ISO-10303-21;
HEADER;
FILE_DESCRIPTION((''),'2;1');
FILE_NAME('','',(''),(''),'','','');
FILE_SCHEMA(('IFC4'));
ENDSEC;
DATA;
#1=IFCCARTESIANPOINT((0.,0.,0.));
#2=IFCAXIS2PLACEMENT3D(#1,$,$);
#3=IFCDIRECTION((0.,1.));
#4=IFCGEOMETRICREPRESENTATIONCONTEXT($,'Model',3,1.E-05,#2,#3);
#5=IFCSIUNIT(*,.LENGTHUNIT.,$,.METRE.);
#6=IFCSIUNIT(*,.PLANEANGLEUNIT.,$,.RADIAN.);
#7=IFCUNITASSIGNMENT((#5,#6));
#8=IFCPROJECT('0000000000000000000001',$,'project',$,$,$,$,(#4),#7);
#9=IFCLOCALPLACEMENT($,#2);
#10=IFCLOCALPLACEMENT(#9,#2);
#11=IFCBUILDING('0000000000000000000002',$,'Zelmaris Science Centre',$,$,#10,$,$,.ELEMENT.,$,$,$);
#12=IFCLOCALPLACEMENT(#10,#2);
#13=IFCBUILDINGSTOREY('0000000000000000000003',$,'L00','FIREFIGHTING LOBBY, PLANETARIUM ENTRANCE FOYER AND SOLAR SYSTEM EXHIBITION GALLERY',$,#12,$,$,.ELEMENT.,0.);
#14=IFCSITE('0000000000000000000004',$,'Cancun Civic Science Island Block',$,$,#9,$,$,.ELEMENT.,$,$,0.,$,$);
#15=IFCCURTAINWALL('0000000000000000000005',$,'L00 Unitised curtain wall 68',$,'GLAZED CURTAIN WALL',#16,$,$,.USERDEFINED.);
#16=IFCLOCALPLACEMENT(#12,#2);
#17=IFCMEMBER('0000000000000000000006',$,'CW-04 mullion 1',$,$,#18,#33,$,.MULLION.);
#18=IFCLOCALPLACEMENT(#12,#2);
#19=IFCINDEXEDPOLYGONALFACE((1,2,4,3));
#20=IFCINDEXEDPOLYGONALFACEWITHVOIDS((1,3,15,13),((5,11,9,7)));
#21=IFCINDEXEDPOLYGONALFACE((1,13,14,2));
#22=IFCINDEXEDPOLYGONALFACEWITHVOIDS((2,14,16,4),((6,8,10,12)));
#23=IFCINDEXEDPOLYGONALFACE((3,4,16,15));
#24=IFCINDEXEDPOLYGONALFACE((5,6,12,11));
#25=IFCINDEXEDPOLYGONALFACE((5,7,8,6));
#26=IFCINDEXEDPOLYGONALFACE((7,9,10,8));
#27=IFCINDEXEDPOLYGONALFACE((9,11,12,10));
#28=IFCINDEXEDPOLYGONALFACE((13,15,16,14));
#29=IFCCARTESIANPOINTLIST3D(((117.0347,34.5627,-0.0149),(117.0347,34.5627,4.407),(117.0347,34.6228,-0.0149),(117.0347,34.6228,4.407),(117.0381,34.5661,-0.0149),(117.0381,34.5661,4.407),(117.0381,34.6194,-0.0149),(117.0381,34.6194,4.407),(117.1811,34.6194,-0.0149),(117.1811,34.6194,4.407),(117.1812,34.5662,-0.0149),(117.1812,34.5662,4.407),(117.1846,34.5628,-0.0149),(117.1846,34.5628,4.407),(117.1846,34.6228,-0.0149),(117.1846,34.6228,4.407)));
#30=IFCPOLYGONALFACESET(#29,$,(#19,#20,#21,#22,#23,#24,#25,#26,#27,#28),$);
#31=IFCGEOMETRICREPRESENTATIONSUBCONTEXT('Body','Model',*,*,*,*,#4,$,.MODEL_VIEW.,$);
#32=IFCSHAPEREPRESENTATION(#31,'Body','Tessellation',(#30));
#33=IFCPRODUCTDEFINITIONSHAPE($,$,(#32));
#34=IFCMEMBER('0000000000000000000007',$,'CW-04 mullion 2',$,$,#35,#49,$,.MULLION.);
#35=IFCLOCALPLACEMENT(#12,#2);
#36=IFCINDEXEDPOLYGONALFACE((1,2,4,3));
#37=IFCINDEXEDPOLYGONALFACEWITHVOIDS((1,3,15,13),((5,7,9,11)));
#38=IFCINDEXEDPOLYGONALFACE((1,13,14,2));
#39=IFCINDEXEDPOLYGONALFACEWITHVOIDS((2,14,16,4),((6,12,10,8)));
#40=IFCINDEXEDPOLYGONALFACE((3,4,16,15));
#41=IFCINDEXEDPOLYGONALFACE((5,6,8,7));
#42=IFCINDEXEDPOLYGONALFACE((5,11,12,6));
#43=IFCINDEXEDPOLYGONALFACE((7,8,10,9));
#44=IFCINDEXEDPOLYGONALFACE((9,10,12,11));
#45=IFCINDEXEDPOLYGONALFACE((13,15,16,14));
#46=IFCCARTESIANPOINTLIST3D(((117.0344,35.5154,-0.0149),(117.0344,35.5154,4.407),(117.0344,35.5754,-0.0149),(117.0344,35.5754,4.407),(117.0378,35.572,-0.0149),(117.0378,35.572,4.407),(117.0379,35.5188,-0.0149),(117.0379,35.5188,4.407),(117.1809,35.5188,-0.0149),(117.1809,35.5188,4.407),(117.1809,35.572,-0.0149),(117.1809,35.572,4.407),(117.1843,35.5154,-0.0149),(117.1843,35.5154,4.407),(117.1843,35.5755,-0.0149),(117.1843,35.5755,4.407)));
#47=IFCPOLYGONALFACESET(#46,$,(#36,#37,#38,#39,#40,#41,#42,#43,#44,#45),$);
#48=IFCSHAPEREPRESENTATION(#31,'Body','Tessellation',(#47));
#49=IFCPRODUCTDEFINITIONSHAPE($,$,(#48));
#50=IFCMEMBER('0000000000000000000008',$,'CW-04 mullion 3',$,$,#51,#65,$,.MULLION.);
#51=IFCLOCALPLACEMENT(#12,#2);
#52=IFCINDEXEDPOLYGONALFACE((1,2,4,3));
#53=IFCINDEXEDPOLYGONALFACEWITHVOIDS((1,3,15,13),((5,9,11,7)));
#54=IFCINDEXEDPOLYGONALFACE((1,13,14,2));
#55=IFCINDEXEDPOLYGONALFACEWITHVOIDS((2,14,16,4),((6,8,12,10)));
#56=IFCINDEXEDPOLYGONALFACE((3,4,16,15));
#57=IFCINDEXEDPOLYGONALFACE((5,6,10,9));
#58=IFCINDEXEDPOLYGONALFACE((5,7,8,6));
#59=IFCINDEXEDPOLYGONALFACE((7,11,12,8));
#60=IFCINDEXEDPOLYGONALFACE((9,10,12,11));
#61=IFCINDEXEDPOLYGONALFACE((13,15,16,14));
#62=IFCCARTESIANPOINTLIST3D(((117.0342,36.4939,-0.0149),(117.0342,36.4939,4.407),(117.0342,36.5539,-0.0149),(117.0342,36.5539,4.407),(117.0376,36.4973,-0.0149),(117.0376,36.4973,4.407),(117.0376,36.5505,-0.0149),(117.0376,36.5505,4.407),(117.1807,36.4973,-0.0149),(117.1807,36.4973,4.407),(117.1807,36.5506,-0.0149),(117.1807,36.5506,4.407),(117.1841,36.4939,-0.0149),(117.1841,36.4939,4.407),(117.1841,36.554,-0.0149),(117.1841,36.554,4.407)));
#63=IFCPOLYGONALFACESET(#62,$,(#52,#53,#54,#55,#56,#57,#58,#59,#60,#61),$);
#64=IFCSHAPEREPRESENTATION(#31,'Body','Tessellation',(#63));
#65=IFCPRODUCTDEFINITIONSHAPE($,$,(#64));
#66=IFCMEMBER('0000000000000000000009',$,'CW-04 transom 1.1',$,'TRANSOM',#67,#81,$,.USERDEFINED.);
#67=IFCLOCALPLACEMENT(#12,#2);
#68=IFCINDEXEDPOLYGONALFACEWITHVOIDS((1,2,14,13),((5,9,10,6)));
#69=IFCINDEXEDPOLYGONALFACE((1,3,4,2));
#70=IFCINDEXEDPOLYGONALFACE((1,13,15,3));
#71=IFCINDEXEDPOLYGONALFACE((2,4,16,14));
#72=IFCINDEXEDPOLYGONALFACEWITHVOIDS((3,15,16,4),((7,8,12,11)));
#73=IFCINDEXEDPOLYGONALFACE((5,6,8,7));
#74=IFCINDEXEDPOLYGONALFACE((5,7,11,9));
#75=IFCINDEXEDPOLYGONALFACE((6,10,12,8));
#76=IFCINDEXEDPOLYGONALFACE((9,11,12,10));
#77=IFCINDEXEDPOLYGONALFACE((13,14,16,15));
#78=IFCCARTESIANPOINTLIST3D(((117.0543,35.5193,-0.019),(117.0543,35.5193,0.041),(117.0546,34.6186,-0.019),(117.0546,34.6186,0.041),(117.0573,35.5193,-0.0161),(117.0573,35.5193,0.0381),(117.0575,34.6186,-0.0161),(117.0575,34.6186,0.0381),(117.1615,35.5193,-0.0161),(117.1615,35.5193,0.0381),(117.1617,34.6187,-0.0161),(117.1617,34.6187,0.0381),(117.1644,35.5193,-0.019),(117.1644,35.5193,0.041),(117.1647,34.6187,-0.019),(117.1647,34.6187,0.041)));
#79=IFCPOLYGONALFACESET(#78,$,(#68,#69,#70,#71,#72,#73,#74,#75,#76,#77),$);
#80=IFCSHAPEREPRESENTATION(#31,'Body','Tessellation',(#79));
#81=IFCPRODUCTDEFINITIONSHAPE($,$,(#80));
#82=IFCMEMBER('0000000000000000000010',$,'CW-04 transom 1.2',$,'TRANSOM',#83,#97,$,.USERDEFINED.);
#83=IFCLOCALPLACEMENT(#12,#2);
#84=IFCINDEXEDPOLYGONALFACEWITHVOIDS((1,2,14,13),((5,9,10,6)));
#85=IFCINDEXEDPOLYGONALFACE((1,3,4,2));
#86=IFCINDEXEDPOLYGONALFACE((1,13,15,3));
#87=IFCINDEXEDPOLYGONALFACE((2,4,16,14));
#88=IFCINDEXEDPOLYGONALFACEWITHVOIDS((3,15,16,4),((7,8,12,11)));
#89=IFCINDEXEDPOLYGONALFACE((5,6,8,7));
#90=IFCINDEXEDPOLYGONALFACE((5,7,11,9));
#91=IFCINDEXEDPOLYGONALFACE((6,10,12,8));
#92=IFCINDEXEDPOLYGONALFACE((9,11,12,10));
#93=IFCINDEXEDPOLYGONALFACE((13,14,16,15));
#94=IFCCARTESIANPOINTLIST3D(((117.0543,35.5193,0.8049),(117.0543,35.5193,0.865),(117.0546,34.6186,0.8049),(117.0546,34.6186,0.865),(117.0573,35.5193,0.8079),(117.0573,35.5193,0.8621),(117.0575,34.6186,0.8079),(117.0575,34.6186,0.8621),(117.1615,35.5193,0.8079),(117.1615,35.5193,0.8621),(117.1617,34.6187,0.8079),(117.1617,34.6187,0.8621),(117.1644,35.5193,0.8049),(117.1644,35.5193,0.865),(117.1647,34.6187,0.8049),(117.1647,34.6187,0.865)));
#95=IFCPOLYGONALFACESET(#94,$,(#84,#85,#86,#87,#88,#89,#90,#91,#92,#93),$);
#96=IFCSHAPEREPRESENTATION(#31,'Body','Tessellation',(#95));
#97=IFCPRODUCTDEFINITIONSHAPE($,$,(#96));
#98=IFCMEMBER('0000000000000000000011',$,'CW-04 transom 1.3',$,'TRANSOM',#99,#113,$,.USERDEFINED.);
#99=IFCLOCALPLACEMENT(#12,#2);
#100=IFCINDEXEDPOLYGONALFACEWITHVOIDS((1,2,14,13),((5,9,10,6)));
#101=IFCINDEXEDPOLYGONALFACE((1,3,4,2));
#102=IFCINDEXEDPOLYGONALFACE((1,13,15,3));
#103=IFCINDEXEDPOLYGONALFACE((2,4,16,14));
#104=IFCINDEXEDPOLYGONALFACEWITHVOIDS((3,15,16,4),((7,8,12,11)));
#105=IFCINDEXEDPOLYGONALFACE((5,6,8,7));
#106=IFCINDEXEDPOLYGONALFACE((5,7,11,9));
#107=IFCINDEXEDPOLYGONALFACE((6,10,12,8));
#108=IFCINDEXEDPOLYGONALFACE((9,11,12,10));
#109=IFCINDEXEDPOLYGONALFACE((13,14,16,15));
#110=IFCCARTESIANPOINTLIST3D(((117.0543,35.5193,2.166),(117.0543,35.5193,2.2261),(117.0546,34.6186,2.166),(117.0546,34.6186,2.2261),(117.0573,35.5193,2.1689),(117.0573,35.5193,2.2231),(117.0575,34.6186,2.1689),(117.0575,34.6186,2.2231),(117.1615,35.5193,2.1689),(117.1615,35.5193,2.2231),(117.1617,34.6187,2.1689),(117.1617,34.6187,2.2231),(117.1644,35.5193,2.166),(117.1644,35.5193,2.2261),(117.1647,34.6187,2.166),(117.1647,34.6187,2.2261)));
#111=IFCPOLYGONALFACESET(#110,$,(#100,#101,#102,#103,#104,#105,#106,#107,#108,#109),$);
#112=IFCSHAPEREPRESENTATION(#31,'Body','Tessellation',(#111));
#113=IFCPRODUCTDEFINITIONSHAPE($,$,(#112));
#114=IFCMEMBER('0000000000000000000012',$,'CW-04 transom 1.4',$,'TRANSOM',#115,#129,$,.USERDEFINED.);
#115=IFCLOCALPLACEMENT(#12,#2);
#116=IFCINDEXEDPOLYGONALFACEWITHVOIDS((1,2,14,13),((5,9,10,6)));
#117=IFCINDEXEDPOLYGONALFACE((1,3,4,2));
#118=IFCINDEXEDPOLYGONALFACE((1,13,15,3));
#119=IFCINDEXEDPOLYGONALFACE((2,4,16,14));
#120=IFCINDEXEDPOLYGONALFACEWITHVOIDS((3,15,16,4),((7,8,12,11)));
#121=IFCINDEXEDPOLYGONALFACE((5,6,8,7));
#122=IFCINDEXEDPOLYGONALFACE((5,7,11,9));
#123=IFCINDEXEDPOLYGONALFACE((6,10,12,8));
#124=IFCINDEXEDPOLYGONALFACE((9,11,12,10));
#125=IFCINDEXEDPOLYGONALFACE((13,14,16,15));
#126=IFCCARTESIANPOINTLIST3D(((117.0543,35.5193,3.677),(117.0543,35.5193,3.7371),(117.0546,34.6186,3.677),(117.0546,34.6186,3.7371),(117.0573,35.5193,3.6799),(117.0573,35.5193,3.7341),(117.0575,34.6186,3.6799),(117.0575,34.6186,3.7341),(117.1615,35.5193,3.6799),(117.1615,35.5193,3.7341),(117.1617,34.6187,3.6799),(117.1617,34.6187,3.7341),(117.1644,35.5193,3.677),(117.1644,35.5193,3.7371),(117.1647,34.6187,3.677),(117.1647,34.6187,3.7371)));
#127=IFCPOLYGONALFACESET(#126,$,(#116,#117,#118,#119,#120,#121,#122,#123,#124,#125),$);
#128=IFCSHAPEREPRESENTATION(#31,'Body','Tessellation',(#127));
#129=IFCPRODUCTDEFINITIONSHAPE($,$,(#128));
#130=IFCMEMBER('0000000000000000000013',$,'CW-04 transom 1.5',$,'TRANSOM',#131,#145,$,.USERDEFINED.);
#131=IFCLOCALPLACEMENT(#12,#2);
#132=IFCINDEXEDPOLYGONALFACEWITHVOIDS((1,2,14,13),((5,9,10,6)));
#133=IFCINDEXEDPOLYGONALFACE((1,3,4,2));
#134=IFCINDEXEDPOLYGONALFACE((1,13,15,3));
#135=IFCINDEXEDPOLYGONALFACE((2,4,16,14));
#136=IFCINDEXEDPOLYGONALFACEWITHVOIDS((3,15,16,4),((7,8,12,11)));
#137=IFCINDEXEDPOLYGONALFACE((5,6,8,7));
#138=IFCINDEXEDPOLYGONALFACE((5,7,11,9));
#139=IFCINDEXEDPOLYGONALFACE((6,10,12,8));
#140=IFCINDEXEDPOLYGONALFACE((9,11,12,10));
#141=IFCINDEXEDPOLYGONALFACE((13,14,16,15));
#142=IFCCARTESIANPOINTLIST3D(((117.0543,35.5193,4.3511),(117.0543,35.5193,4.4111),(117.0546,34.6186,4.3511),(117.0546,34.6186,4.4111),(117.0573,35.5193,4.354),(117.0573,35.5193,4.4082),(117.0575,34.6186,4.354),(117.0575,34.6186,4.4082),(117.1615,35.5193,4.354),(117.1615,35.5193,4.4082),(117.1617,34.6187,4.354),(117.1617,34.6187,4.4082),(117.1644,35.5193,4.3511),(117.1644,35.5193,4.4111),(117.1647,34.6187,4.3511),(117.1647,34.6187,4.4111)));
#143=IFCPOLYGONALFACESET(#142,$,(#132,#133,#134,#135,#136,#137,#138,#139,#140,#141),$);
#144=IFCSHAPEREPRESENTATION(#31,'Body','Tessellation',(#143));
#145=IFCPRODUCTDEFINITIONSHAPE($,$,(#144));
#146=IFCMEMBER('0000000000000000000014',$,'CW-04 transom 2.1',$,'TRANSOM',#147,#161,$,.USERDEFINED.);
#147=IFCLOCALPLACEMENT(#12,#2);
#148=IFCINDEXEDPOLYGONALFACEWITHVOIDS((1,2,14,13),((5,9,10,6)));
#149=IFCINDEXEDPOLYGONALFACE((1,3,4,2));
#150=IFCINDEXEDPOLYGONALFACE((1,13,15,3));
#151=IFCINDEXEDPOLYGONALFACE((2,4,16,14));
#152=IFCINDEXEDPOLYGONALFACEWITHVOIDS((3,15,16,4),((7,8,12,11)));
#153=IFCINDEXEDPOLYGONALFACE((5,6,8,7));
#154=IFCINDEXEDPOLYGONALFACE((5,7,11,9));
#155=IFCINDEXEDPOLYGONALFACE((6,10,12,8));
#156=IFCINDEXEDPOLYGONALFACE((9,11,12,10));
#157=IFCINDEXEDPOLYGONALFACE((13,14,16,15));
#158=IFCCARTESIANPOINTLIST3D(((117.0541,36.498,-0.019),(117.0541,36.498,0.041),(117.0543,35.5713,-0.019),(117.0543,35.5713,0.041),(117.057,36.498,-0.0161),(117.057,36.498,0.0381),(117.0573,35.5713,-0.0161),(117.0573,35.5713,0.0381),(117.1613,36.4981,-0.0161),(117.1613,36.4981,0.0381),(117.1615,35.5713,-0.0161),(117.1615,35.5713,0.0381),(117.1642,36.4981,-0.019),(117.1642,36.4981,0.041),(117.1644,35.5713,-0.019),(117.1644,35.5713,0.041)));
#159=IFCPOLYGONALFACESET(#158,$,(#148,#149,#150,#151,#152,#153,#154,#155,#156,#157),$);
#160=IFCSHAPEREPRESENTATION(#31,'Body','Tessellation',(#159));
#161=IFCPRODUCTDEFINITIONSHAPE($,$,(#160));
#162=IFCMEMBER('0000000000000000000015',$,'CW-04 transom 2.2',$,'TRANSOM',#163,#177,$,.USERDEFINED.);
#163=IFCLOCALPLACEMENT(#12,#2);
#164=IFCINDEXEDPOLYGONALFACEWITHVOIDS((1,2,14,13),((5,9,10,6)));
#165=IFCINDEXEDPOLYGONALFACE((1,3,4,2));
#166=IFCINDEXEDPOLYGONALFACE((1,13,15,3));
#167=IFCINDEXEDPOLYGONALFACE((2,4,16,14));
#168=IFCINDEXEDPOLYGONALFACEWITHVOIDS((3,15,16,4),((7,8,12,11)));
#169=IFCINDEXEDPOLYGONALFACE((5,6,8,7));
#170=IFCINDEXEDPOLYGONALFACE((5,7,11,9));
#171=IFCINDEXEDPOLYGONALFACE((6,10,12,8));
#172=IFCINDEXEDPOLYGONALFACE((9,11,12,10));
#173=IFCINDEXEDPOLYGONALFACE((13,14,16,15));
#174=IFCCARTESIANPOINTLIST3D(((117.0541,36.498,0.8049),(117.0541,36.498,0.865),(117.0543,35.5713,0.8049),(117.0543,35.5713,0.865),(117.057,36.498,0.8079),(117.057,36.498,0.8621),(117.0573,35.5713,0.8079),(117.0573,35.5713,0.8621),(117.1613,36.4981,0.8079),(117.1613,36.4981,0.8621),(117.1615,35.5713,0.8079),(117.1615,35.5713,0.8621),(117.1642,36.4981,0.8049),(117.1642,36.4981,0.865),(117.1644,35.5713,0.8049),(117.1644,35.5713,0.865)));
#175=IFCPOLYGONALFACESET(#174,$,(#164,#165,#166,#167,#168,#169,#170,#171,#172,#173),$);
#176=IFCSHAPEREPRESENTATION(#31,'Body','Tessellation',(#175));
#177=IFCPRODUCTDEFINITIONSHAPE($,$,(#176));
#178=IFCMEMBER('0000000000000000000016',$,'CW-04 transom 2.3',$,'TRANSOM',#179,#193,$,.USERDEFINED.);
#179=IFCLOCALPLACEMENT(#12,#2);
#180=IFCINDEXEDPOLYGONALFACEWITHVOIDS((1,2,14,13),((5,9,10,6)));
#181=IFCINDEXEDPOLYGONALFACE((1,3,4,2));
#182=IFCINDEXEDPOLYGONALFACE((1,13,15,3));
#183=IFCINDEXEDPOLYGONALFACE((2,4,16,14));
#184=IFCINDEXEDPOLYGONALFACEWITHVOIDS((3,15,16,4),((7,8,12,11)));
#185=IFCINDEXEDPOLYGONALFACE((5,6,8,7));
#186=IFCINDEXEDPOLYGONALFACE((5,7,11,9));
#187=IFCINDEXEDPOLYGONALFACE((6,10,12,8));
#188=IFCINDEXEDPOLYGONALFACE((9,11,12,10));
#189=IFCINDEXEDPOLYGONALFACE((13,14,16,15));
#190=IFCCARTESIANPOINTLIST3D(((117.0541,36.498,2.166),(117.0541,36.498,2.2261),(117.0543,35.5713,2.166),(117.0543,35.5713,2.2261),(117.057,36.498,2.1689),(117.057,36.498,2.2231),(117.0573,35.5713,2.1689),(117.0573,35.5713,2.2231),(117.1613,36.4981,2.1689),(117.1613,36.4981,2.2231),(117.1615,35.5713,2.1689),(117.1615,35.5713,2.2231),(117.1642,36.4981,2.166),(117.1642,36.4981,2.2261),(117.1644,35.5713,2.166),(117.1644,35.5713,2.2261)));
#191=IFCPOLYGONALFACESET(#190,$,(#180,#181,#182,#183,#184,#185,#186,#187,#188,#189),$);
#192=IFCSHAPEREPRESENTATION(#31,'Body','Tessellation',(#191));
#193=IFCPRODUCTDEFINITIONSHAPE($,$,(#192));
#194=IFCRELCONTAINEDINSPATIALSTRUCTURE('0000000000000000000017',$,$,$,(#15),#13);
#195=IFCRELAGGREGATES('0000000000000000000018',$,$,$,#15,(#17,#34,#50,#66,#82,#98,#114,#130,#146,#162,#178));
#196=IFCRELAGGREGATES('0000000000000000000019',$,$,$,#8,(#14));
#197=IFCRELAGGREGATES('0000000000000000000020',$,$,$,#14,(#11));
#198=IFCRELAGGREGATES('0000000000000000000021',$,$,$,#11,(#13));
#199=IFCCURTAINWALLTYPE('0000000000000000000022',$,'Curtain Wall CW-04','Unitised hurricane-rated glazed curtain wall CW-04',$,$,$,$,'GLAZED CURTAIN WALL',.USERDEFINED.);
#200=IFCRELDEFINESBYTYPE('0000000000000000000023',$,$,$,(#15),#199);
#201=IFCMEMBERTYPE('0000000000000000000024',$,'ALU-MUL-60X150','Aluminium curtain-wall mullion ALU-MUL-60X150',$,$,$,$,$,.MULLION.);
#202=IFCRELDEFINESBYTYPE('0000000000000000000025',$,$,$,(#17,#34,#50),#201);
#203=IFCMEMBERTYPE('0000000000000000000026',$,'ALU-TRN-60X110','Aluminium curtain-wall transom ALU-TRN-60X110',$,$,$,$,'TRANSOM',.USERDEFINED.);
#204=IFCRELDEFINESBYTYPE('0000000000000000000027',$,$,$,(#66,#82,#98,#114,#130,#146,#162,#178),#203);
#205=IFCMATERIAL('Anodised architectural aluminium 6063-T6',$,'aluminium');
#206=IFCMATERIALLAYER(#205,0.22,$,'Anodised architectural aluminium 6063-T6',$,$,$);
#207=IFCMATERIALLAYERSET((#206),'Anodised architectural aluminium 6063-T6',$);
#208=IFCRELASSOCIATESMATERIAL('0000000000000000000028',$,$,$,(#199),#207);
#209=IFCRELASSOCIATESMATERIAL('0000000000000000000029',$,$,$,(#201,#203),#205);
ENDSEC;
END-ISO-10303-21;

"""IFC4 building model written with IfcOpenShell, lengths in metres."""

from ifc_helpers import new_model, si_unit, direction, frame, origin, origin_2d, place, context, subcontext, project, spatial, hollow_rectangle, extrude, material, layer, layer_set, material_profile, profile_set, type_object, element, aggregate, save


model = new_model("IFC4")

# Units and contexts
model_context = context("Model", 3, precision=1e-05, world=origin(), true_north=direction((0.0, 1.0)))
body_context = subcontext(model_context, "Body", "Model", "MODEL_VIEW")
ifc_project = project(units=[si_unit("LENGTHUNIT", "METRE"), si_unit("PLANEANGLEUNIT", "RADIAN")], contexts=[model_context])

# Site, building, storey
site_placement = place(None, origin())
site = spatial("IfcSite", under=ifc_project, at=site_placement, Name="Cancun Civic Science Island Block", CompositionType="ELEMENT", RefElevation=0.0)
building_placement = place(site_placement, origin())
building = spatial("IfcBuilding", under=site, at=building_placement, Name="Zelmaris Science Centre", CompositionType="ELEMENT")
storey_placement = place(building_placement, origin())
storey = spatial("IfcBuildingStorey", under=building, at=storey_placement, Name="L00", Description="FIREFIGHTING LOBBY, PLANETARIUM ENTRANCE FOYER AND SOLAR SYSTEM EXHIBITION GALLERY", CompositionType="ELEMENT", Elevation=0.0)

# Curtain wall, members
ifc_material_1 = material(Name="Anodised architectural aluminium 6063-T6", Category="aluminium")
ifc_layer_1 = layer(ifc_material_1, 0.22, Name="Anodised architectural aluminium 6063-T6")
ifc_layer_set_1 = layer_set([ifc_layer_1], Name="Anodised architectural aluminium 6063-T6")
curtain_wall_type = type_object("IfcCurtainWallType", Name="Curtain Wall CW-04", Description="Unitised hurricane-rated glazed curtain wall CW-04", ElementType="GLAZED CURTAIN WALL", PredefinedType="USERDEFINED", material=ifc_layer_set_1)
curtain_wall_placement = place(storey_placement, origin())
curtain_wall = element("IfcCurtainWall", 1, at=curtain_wall_placement, inside=storey, type_object=curtain_wall_type, Name="L00 Unitised curtain wall 68", ObjectType="GLAZED CURTAIN WALL", PredefinedType="USERDEFINED")
ifc_material_profile_1 = material_profile(ifc_material_1, hollow_rectangle(XDim=0.0601, YDim=0.1499, WallThickness=0.0034, at=origin_2d()), Name="ALU-MUL-60X150")
ifc_profile_set_1 = profile_set([ifc_material_profile_1], Name="Anodised architectural aluminium 6063-T6")
member_type_1 = type_object("IfcMemberType", Name="ALU-MUL-60X150", Description="Aluminium curtain-wall mullion ALU-MUL-60X150", PredefinedType="MULLION", material=ifc_profile_set_1)
member_1_placement = place(storey_placement, frame((117.1096, 34.5928, -0.0149), z_axis=(0.0, 0.0, 1.0), x_axis=(-0.000353, 1.0, 0.0)))
member_1 = element("IfcMember", 2, at=member_1_placement, type_object=member_type_1, Name="CW-04 mullion 1", PredefinedType="MULLION", context=body_context, shape_type="SweptSolid", body=[
    extrude(hollow_rectangle(XDim=0.0601, YDim=0.1499, WallThickness=0.0034, at=origin_2d()), origin(), (0.0, 0.0, 1.0), 4.4219),
])
member_2_placement = place(storey_placement, frame((117.1094, 35.5454, -0.0149), z_axis=(0.0, 0.0, 1.0), x_axis=(-0.000353, 1.0, 0.0)))
member_2 = element("IfcMember", 3, at=member_2_placement, type_object=member_type_1, Name="CW-04 mullion 2", PredefinedType="MULLION", context=body_context, shape_type="SweptSolid", body=[
    extrude(hollow_rectangle(XDim=0.0601, YDim=0.1499, WallThickness=0.0034, at=origin_2d()), origin(), (0.0, 0.0, 1.0), 4.4219),
])
member_3_placement = place(storey_placement, frame((117.1091, 36.5239, -0.0149), z_axis=(0.0, 0.0, 1.0), x_axis=(-0.000353, 1.0, 0.0)))
member_3 = element("IfcMember", 4, at=member_3_placement, type_object=member_type_1, Name="CW-04 mullion 3", PredefinedType="MULLION", context=body_context, shape_type="SweptSolid", body=[
    extrude(hollow_rectangle(XDim=0.0601, YDim=0.1499, WallThickness=0.0034, at=origin_2d()), origin(), (0.0, 0.0, 1.0), 4.4219),
])
ifc_material_profile_2 = material_profile(ifc_material_1, hollow_rectangle(XDim=0.0601, YDim=0.1101, WallThickness=0.0029, at=origin_2d()), Name="ALU-TRN-60X110")
ifc_profile_set_2 = profile_set([ifc_material_profile_2], Name="Anodised architectural aluminium 6063-T6")
member_type_2 = type_object("IfcMemberType", Name="ALU-TRN-60X110", Description="Aluminium curtain-wall transom ALU-TRN-60X110", ElementType="TRANSOM", PredefinedType="USERDEFINED", material=ifc_profile_set_2)
member_4_placement = place(storey_placement, frame((117.1096, 34.6187, 0.011), z_axis=(-0.000271, 1.0, 0.0), x_axis=(0.0, 0.0, 1.0)))
member_4 = element("IfcMember", 5, at=member_4_placement, type_object=member_type_2, Name="CW-04 transom 1.1", ObjectType="TRANSOM", PredefinedType="USERDEFINED", context=body_context, shape_type="SweptSolid", body=[
    extrude(hollow_rectangle(XDim=0.0601, YDim=0.1101, WallThickness=0.0029, at=origin_2d()), origin(), (0.0, 0.0, 1.0), 0.9006),
])
member_5_placement = place(storey_placement, frame((117.1096, 34.6187, 0.835), z_axis=(-0.000271, 1.0, 0.0), x_axis=(0.0, 0.0, 1.0)))
member_5 = element("IfcMember", 6, at=member_5_placement, type_object=member_type_2, Name="CW-04 transom 1.2", ObjectType="TRANSOM", PredefinedType="USERDEFINED", context=body_context, shape_type="SweptSolid", body=[
    extrude(hollow_rectangle(XDim=0.0601, YDim=0.1101, WallThickness=0.0029, at=origin_2d()), origin(), (0.0, 0.0, 1.0), 0.9006),
])
member_6_placement = place(storey_placement, frame((117.1096, 34.6187, 2.196), z_axis=(-0.000271, 1.0, 0.0), x_axis=(0.0, 0.0, 1.0)))
member_6 = element("IfcMember", 7, at=member_6_placement, type_object=member_type_2, Name="CW-04 transom 1.3", ObjectType="TRANSOM", PredefinedType="USERDEFINED", context=body_context, shape_type="SweptSolid", body=[
    extrude(hollow_rectangle(XDim=0.0601, YDim=0.1101, WallThickness=0.0029, at=origin_2d()), origin(), (0.0, 0.0, 1.0), 0.9006),
])
member_7_placement = place(storey_placement, frame((117.1096, 34.6187, 3.707), z_axis=(-0.000271, 1.0, 0.0), x_axis=(0.0, 0.0, 1.0)))
member_7 = element("IfcMember", 8, at=member_7_placement, type_object=member_type_2, Name="CW-04 transom 1.4", ObjectType="TRANSOM", PredefinedType="USERDEFINED", context=body_context, shape_type="SweptSolid", body=[
    extrude(hollow_rectangle(XDim=0.0601, YDim=0.1101, WallThickness=0.0029, at=origin_2d()), origin(), (0.0, 0.0, 1.0), 0.9006),
])
member_8_placement = place(storey_placement, frame((117.1096, 34.6187, 4.3811), z_axis=(-0.000271, 1.0, 0.0), x_axis=(0.0, 0.0, 1.0)))
member_8 = element("IfcMember", 9, at=member_8_placement, type_object=member_type_2, Name="CW-04 transom 1.5", ObjectType="TRANSOM", PredefinedType="USERDEFINED", context=body_context, shape_type="SweptSolid", body=[
    extrude(hollow_rectangle(XDim=0.0601, YDim=0.1101, WallThickness=0.0029, at=origin_2d()), origin(), (0.0, 0.0, 1.0), 0.9006),
])
member_9_placement = place(storey_placement, frame((117.1094, 35.5713, 0.011), z_axis=(-0.000263, 1.0, 0.0), x_axis=(0.0, 0.0, 1.0)))
member_9 = element("IfcMember", 10, at=member_9_placement, type_object=member_type_2, Name="CW-04 transom 2.1", ObjectType="TRANSOM", PredefinedType="USERDEFINED", context=body_context, shape_type="SweptSolid", body=[
    extrude(hollow_rectangle(XDim=0.0601, YDim=0.1101, WallThickness=0.0029, at=origin_2d()), origin(), (0.0, 0.0, 1.0), 0.9268),
])
member_10_placement = place(storey_placement, frame((117.1094, 35.5713, 0.835), z_axis=(-0.000263, 1.0, 0.0), x_axis=(0.0, 0.0, 1.0)))
member_10 = element("IfcMember", 11, at=member_10_placement, type_object=member_type_2, Name="CW-04 transom 2.2", ObjectType="TRANSOM", PredefinedType="USERDEFINED", context=body_context, shape_type="SweptSolid", body=[
    extrude(hollow_rectangle(XDim=0.0601, YDim=0.1101, WallThickness=0.0029, at=origin_2d()), origin(), (0.0, 0.0, 1.0), 0.9268),
])
member_11_placement = place(storey_placement, frame((117.1094, 35.5713, 2.196), z_axis=(-0.000263, 1.0, 0.0), x_axis=(0.0, 0.0, 1.0)))
member_11 = element("IfcMember", 12, at=member_11_placement, type_object=member_type_2, Name="CW-04 transom 2.3", ObjectType="TRANSOM", PredefinedType="USERDEFINED", context=body_context, shape_type="SweptSolid", body=[
    extrude(hollow_rectangle(XDim=0.0601, YDim=0.1101, WallThickness=0.0029, at=origin_2d()), origin(), (0.0, 0.0, 1.0), 0.9268),
])

aggregate(curtain_wall, [member_1, member_2, member_3, member_4, member_5, member_6, member_7, member_8, member_9, member_10, member_11])

save(model, "model.ifc")
